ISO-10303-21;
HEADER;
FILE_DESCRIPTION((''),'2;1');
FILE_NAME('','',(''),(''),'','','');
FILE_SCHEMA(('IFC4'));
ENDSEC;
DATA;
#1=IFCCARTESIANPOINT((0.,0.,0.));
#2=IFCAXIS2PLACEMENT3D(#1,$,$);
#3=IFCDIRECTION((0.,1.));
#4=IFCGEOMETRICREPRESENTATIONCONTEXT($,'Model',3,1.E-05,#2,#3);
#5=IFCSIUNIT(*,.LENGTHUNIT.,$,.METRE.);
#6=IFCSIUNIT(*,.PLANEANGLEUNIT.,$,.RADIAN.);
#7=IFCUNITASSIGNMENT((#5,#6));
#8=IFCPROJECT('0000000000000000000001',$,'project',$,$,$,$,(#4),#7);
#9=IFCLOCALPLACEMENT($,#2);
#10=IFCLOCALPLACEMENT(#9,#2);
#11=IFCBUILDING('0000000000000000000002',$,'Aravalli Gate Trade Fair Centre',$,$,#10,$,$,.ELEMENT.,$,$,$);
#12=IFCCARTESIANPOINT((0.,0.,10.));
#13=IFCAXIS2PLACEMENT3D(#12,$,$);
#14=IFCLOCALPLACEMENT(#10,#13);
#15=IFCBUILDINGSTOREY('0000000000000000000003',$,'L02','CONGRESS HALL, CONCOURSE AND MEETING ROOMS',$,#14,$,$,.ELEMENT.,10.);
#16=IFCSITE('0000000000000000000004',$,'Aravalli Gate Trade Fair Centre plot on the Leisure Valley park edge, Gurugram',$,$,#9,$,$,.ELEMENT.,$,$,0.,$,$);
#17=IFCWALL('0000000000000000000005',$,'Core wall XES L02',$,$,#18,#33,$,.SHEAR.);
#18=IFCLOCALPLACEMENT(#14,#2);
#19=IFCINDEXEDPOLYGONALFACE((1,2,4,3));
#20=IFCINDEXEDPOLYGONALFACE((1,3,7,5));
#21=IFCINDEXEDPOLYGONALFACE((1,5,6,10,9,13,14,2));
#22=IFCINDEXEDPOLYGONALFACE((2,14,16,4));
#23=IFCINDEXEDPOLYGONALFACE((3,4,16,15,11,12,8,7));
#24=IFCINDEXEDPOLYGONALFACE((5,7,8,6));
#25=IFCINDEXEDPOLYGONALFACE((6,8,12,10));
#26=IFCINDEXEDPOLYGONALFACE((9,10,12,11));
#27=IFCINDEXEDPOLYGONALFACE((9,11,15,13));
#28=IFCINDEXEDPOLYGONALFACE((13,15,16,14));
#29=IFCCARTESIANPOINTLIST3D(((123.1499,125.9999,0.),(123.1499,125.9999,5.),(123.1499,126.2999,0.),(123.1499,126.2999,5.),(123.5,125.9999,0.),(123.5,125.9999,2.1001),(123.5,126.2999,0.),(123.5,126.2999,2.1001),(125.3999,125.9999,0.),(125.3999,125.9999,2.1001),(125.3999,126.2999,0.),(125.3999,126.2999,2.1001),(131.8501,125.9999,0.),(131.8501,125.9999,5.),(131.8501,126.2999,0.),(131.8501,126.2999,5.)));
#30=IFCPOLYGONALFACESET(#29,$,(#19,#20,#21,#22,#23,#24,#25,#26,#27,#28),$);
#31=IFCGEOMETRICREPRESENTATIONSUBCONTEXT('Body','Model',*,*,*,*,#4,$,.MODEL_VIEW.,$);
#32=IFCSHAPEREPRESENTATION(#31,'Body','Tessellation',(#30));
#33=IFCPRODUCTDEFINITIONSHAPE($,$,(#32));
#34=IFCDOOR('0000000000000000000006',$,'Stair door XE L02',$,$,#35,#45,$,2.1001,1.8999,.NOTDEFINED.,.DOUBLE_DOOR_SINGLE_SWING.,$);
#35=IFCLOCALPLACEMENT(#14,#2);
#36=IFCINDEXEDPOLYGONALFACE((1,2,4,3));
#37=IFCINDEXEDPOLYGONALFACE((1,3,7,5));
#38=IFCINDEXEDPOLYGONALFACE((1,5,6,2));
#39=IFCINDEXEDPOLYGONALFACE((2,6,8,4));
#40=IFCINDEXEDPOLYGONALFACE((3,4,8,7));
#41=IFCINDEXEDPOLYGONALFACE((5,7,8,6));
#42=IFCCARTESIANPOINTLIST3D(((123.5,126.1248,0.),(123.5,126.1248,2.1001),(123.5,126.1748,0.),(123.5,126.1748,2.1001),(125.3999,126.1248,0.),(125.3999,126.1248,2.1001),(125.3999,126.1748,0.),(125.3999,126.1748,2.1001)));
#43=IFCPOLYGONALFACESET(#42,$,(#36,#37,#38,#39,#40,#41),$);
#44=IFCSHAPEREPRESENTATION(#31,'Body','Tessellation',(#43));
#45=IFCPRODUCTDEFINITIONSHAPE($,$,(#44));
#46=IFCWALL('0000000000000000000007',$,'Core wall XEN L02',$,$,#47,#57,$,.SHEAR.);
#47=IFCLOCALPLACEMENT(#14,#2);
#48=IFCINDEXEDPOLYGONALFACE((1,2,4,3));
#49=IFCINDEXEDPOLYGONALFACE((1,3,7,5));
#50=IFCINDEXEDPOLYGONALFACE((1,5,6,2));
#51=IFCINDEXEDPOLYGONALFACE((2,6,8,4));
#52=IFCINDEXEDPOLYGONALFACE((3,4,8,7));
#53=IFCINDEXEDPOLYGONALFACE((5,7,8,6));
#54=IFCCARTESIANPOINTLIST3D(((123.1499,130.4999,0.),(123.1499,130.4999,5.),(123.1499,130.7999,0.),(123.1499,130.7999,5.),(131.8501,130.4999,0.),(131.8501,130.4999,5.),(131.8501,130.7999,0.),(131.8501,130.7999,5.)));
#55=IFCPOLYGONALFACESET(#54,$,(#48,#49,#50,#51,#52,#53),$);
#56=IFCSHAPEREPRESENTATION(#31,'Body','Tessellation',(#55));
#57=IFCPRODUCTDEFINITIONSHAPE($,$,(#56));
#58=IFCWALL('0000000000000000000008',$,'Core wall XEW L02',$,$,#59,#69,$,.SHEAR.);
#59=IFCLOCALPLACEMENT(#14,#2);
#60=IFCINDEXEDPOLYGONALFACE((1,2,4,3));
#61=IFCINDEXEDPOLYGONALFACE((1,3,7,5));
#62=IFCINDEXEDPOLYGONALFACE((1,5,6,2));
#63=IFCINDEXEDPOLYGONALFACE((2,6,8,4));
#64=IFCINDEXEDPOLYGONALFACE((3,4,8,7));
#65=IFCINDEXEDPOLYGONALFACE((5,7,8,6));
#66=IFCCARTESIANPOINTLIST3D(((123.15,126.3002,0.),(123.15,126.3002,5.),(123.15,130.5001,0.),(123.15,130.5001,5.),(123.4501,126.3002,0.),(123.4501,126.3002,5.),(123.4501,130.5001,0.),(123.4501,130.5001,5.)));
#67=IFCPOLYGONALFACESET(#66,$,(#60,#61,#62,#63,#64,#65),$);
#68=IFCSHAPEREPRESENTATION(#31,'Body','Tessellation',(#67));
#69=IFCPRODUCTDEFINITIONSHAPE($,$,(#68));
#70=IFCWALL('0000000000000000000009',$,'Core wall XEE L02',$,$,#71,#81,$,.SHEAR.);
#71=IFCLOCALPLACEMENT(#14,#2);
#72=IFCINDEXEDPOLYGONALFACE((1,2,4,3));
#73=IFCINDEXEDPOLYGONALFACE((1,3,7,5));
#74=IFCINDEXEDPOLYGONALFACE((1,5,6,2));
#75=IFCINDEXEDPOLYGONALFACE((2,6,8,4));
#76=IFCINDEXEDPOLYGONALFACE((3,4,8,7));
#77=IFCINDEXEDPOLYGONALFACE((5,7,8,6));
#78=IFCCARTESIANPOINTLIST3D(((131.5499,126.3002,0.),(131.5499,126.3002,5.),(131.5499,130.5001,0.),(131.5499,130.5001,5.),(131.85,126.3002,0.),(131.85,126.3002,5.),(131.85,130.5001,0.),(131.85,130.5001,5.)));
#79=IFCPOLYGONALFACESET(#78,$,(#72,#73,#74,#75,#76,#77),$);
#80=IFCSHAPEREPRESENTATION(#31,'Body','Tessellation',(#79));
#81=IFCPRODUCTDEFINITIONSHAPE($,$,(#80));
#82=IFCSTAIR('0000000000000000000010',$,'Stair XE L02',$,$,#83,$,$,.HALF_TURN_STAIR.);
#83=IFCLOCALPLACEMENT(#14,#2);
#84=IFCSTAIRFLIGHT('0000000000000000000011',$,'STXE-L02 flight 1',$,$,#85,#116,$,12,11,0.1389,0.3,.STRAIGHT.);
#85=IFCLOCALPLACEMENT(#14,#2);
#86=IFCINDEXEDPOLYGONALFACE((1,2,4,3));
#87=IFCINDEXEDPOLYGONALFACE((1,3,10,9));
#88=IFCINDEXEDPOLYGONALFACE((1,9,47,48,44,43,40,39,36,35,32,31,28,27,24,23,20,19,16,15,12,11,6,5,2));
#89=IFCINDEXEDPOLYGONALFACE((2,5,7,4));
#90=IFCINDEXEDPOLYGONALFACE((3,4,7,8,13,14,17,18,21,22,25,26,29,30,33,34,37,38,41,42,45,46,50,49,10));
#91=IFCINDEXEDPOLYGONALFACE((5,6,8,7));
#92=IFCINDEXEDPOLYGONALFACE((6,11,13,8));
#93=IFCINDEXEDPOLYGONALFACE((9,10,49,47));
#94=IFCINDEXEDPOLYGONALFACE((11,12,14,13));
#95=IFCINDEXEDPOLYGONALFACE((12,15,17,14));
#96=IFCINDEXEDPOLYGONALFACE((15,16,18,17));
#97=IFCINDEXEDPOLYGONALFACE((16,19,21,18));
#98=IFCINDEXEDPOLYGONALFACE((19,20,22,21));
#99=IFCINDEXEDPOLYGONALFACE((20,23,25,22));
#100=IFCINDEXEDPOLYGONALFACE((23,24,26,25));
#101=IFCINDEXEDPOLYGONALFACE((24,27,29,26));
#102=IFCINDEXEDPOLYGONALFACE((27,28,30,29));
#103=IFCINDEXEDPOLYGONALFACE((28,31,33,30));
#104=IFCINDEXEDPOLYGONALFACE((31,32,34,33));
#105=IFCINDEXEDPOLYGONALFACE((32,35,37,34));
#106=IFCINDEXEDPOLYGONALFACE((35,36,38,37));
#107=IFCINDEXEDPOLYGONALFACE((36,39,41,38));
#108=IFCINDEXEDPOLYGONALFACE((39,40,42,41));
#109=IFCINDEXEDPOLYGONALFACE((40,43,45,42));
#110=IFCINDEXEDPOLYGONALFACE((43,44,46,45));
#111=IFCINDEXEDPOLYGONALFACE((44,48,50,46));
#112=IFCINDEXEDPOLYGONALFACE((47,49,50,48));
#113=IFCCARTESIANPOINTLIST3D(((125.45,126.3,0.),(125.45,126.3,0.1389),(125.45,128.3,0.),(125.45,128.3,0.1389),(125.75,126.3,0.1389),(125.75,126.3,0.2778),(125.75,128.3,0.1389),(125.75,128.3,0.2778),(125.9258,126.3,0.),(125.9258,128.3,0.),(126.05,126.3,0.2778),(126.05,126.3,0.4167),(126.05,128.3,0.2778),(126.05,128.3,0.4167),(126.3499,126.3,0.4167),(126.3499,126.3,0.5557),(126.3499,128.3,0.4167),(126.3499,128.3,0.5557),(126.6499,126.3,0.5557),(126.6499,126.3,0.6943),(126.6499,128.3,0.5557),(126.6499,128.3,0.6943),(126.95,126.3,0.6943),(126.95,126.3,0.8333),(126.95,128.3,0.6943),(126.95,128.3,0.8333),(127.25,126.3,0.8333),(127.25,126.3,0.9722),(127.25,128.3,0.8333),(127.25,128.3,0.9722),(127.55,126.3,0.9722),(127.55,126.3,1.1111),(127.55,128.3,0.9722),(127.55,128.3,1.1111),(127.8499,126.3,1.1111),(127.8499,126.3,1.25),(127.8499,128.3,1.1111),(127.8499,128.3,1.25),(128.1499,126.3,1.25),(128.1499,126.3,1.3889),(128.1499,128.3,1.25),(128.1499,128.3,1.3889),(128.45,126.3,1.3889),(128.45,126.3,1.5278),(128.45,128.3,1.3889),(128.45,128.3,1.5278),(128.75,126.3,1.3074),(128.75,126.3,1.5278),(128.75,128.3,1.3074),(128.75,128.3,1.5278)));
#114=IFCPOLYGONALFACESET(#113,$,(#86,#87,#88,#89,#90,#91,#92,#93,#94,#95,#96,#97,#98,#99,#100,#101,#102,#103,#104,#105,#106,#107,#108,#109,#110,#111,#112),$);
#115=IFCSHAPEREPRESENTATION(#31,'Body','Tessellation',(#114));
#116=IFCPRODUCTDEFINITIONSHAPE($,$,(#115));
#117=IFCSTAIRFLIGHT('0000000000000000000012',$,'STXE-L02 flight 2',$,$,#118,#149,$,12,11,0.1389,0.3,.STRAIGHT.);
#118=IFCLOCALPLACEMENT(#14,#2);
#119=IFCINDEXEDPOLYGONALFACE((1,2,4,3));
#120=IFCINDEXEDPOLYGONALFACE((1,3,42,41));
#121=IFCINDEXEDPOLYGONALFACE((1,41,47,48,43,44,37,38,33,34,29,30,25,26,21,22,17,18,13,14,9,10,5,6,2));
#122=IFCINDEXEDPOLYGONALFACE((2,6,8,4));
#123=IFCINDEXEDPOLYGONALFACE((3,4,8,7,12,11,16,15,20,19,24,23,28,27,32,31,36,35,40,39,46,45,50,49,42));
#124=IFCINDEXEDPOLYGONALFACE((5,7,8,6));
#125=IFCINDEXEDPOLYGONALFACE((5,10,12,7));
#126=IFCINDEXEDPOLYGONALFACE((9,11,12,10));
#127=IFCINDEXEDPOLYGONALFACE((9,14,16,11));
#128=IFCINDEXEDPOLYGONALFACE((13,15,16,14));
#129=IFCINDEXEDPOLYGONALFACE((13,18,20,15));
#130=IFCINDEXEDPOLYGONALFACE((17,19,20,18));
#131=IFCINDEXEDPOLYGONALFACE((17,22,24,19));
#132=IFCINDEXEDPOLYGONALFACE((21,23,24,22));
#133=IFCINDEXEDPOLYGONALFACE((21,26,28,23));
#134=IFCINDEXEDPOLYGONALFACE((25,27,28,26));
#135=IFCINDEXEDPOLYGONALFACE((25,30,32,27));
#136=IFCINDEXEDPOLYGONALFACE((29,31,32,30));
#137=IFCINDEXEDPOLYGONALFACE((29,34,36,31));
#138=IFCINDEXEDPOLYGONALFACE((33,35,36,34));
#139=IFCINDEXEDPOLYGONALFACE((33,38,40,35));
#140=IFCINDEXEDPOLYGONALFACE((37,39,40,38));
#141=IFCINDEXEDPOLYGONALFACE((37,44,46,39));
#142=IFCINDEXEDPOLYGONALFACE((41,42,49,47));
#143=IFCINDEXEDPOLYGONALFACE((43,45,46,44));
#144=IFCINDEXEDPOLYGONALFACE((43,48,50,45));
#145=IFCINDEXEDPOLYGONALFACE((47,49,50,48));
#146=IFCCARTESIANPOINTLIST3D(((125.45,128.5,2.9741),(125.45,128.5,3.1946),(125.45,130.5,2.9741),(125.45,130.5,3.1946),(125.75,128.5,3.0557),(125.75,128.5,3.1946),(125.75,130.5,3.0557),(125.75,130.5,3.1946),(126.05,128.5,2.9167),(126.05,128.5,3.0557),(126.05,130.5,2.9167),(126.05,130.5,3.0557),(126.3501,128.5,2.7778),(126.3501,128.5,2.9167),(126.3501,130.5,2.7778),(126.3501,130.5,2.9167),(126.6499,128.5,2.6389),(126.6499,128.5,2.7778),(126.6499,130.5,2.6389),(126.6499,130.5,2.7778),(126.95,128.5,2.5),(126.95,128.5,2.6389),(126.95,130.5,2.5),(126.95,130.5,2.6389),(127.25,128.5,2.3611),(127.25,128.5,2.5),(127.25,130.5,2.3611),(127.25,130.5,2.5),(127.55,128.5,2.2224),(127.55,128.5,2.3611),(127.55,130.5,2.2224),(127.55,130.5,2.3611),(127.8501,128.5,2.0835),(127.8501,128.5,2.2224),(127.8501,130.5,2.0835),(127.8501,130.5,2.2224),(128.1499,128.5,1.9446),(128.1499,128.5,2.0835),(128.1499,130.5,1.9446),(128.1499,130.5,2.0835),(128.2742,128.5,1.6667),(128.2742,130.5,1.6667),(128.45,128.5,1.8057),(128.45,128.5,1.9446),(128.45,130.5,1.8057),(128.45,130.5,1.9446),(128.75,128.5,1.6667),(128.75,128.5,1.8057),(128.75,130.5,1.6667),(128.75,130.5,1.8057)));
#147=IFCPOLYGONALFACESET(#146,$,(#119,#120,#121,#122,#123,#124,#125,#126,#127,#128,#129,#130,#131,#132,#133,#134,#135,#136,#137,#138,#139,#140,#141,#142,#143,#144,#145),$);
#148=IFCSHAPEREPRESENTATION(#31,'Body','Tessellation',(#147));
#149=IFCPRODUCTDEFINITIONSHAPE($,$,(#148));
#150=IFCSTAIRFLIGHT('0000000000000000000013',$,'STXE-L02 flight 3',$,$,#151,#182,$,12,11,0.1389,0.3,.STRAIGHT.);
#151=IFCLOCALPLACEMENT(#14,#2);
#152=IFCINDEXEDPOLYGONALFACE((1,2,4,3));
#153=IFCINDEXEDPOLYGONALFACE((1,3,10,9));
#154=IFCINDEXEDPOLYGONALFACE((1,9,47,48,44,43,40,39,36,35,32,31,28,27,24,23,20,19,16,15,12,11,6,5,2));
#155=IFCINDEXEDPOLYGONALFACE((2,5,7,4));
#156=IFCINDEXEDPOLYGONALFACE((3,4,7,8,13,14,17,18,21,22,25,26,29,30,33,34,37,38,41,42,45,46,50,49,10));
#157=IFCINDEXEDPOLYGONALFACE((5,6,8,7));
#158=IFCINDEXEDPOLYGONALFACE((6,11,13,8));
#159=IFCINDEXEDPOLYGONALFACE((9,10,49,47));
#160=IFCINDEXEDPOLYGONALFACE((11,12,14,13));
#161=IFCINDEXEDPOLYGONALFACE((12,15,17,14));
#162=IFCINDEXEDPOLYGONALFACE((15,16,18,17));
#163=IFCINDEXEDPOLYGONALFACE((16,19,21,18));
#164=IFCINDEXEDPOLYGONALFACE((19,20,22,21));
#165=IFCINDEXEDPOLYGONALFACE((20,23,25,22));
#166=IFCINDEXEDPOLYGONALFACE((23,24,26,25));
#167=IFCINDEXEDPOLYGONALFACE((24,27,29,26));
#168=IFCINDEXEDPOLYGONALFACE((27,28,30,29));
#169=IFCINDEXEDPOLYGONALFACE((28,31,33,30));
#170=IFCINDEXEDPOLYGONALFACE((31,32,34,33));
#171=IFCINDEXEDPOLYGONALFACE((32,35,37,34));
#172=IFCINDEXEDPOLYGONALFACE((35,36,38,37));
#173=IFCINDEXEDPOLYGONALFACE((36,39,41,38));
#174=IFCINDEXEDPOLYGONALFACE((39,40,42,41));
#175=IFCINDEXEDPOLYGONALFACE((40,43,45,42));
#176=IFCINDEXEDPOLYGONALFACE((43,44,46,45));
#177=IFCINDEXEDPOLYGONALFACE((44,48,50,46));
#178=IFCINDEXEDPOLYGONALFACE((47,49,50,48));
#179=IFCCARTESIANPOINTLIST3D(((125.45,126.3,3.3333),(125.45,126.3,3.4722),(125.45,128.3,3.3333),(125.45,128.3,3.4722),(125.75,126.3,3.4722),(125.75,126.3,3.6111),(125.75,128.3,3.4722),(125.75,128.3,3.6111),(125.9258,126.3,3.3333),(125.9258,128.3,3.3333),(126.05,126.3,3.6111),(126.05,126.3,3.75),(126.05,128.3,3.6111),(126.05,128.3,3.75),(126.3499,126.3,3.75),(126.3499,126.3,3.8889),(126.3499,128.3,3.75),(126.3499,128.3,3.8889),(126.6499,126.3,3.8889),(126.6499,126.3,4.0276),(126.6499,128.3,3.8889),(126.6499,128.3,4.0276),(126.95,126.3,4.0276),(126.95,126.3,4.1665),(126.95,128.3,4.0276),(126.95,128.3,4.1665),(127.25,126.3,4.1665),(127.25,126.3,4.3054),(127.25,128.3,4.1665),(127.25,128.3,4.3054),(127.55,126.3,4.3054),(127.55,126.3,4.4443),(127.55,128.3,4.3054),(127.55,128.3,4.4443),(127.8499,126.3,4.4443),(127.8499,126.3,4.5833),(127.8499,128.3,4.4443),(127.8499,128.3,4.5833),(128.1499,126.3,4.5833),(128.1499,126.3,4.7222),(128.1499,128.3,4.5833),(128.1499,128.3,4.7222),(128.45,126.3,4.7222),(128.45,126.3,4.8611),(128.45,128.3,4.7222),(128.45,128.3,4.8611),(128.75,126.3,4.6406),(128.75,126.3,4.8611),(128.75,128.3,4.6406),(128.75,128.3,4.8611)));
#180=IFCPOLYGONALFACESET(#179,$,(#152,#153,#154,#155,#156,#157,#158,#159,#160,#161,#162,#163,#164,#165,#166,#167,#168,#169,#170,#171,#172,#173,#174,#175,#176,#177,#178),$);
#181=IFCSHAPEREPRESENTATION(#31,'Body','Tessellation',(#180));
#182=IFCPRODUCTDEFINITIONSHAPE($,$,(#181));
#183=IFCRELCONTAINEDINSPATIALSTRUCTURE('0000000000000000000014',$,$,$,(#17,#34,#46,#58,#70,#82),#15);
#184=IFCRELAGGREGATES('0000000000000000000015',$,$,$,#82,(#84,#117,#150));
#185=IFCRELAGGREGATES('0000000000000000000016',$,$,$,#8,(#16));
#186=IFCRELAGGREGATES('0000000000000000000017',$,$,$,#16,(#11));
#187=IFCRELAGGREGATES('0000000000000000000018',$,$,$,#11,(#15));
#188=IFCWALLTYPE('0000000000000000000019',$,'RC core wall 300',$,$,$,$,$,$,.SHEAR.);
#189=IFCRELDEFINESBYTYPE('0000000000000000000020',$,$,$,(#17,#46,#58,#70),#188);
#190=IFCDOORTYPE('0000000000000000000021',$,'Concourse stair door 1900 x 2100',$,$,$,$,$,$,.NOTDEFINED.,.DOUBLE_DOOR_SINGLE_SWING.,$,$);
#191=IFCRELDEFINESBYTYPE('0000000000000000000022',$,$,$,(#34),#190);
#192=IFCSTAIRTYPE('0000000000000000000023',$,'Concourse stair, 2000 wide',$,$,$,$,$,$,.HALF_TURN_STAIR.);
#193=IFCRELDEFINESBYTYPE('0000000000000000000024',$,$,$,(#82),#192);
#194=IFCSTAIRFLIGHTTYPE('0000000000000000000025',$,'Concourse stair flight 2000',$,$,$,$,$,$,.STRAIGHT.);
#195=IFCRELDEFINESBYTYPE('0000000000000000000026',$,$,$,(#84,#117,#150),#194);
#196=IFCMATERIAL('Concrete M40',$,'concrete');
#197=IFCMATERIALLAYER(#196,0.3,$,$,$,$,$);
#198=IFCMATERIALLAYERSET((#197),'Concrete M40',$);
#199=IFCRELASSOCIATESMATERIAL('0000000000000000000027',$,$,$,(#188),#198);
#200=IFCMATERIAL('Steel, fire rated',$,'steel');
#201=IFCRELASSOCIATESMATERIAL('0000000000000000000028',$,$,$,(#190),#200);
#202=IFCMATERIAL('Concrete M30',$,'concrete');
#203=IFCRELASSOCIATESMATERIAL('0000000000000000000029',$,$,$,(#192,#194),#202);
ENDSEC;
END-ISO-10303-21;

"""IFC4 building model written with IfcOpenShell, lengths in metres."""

from ifc_helpers import new_model, si_unit, direction, frame, frame_2d, origin, place, context, subcontext, project, spatial, polyline, rectangle, outline, extrude, material, layer, layer_set, type_object, element, fill, aggregate, save


model = new_model("IFC4")

# Units and contexts
model_context = context("Model", 3, precision=1e-05, world=origin(), true_north=direction((0.0, 1.0)))
body_context = subcontext(model_context, "Body", "Model", "MODEL_VIEW")
ifc_project = project(units=[si_unit("LENGTHUNIT", "METRE"), si_unit("PLANEANGLEUNIT", "RADIAN")], contexts=[model_context])

# Site, building, storey
site_placement = place(None, origin())
site = spatial("IfcSite", under=ifc_project, at=site_placement, Name="Aravalli Gate Trade Fair Centre plot on the Leisure Valley park edge, Gurugram", CompositionType="ELEMENT", RefElevation=0.0)
building_placement = place(site_placement, origin())
building = spatial("IfcBuilding", under=site, at=building_placement, Name="Aravalli Gate Trade Fair Centre", CompositionType="ELEMENT")
storey_placement = place(building_placement, frame((0.0, 0.0, 10.0)))
storey = spatial("IfcBuildingStorey", under=building, at=storey_placement, Name="L02", Description="CONGRESS HALL, CONCOURSE AND MEETING ROOMS", CompositionType="ELEMENT", Elevation=10.0)

# Wall, opening, door
ifc_material_1 = material(Name="Concrete M40", Category="concrete")
ifc_layer_1 = layer(ifc_material_1, 0.3)
ifc_layer_set_1 = layer_set([ifc_layer_1], Name="Concrete M40")
wall_type_1 = type_object("IfcWallType", Name="RC core wall 300", PredefinedType="SHEAR", material=ifc_layer_set_1)
wall_1_placement = place(storey_placement, frame((123.1499, 126.1499, 0.0), z_axis=(0.0, 0.0, 1.0), x_axis=(1.0, 0.0, 0.0)))
wall_1 = element("IfcWall", 1, at=wall_1_placement, inside=storey, type_object=wall_type_1, Name="Core wall XES L02", PredefinedType="SHEAR", context=body_context, shape_type="SweptSolid", body=[
    extrude(rectangle(XDim=8.7002, YDim=0.3, at=frame_2d((4.3501, 0.0))), origin(), (0.0, 0.0, 1.0), 5.0),
])
opening_placement = place(wall_1_placement, frame((0.3501, 0.0, 0.0)))
opening = element("IfcOpeningElement", 2, at=opening_placement, cuts=wall_1, PredefinedType="OPENING", context=body_context, shape_type="SweptSolid", body=[
    extrude(rectangle(XDim=1.8999, YDim=2.1001, at=frame_2d((0.95, 1.05))), frame((0.0, 0.1599, 0.0), z_axis=(0.0, -1.0, 0.0), x_axis=(1.0, 0.0, 0.0)), (0.0, 0.0, 1.0), 0.3201),
])
ifc_material_2 = material(Name="Steel, fire rated", Category="steel")
door_type = type_object("IfcDoorType", Name="Concourse stair door 1900 x 2100", OperationType="DOUBLE_DOOR_SINGLE_SWING", PredefinedType="NOTDEFINED", material=ifc_material_2)
door_placement = place(opening_placement, origin())
door = element("IfcDoor", 3, at=door_placement, inside=storey, type_object=door_type, Name="Stair door XE L02", OperationType="DOUBLE_DOOR_SINGLE_SWING", OverallHeight=2.1001, OverallWidth=1.8999, PredefinedType="NOTDEFINED", context=body_context, shape_type="SweptSolid", body=[
    extrude(rectangle(XDim=1.8999, YDim=2.1001, at=frame_2d((0.95, 1.05))), frame((0.0, 0.0249, 0.0), z_axis=(0.0, -1.0, 0.0), x_axis=(1.0, 0.0, 0.0)), (0.0, 0.0, 1.0), 0.05),
])
fill(opening, door)

# Walls
wall_2_placement = place(storey_placement, frame((123.1499, 130.6499, 0.0), z_axis=(0.0, 0.0, 1.0), x_axis=(1.0, 0.0, 0.0)))
element("IfcWall", 4, at=wall_2_placement, inside=storey, type_object=wall_type_1, Name="Core wall XEN L02", PredefinedType="SHEAR", context=body_context, shape_type="SweptSolid", body=[
    extrude(rectangle(XDim=8.7002, YDim=0.3, at=frame_2d((4.3501, 0.0))), origin(), (0.0, 0.0, 1.0), 5.0),
])
for number, where, z_axis, x_axis, name in (
    (5, (123.3, 126.3, 0.0), (0.0, 0.0, 1.0), (0.0, 1.0, 0.0), "Core wall XEW L02"),
    (6, (131.7, 126.3, 0.0), (0.0, 0.0, 1.0), (0.0, 1.0, 0.0), "Core wall XEE L02"),
):
    element("IfcWall", number, at=place(storey_placement, frame(where, z_axis=z_axis, x_axis=x_axis)), inside=storey, type_object=wall_type_1, Name=name, PredefinedType="SHEAR", context=body_context, shape_type="SweptSolid", body=[
        extrude(rectangle(XDim=4.2, YDim=0.3, at=frame_2d((2.1001, 0.0))), origin(), (0.0, 0.0, 1.0), 5.0),
    ])

# Stair, stair flights
ifc_material_3 = material(Name="Concrete M30", Category="concrete")
stair_type = type_object("IfcStairType", Name="Concourse stair, 2000 wide", PredefinedType="HALF_TURN_STAIR", material=ifc_material_3)
stair_placement = place(storey_placement, origin())
stair = element("IfcStair", 7, at=stair_placement, inside=storey, type_object=stair_type, Name="Stair XE L02", PredefinedType="HALF_TURN_STAIR")
stair_flight_type = type_object("IfcStairFlightType", Name="Concourse stair flight 2000", PredefinedType="STRAIGHT", material=ifc_material_3)
stair_flight_1_placement = place(storey_placement, frame((125.45, 127.3, 0.0), z_axis=(0.0, 0.0, 1.0), x_axis=(1.0, 0.0, 0.0)))
stair_flight_1 = element("IfcStairFlight", 8, at=stair_flight_1_placement, type_object=stair_flight_type, Name="STXE-L02 flight 1", NumberOfRisers=12, NumberOfTreads=11, PredefinedType="STRAIGHT", RiserHeight=0.1389, TreadLength=0.3, context=body_context, shape_type="SweptSolid", body=[
    extrude(outline(polyline([(0.0, 0.0), (0.0, 0.1389), (0.3, 0.1389), (0.3, 0.2778), (0.6001, 0.2778), (0.6001, 0.4167), (0.8999, 0.4167), (0.8999, 0.5557), (1.2, 0.5557), (1.2, 0.6943), (1.5, 0.6943), (1.5, 0.8333), (1.8, 0.8333), (1.8, 0.9722), (2.1001, 0.9722), (2.1001, 1.1111), (2.3999, 1.1111), (2.3999, 1.25), (2.7, 1.25), (2.7, 1.3889), (3.0, 1.3889), (3.0, 1.5278), (3.3, 1.5278), (3.3, 1.6667), (3.3, 1.3074), (0.4758, 0.0), (0.0, 0.0)])), frame((0.0, 1.0, 0.0), z_axis=(0.0, -1.0, 0.0), x_axis=(1.0, 0.0, 0.0)), (0.0, 0.0, 1.0), 2.0),
])
stair_flight_2_placement = place(storey_placement, frame((128.75, 129.5, 1.6667), z_axis=(0.0, 0.0, 1.0), x_axis=(-1.0, 0.0, 0.0)))
stair_flight_2 = element("IfcStairFlight", 9, at=stair_flight_2_placement, type_object=stair_flight_type, Name="STXE-L02 flight 2", NumberOfRisers=12, NumberOfTreads=11, PredefinedType="STRAIGHT", RiserHeight=0.1389, TreadLength=0.3, context=body_context, shape_type="SweptSolid", body=[
    extrude(outline(polyline([(0.0, 0.0), (0.0, 0.1389), (0.3, 0.1389), (0.3, 0.2778), (0.6001, 0.2778), (0.6001, 0.4167), (0.8999, 0.4167), (0.8999, 0.5557), (1.2, 0.5557), (1.2, 0.6943), (1.5, 0.6943), (1.5, 0.8333), (1.8, 0.8333), (1.8, 0.9722), (2.1001, 0.9722), (2.1001, 1.1111), (2.3999, 1.1111), (2.3999, 1.25), (2.7, 1.25), (2.7, 1.3889), (3.0, 1.3889), (3.0, 1.5278), (3.3, 1.5278), (3.3, 1.6667), (3.3, 1.3074), (0.4758, 0.0), (0.0, 0.0)])), frame((0.0, 1.0, 0.0), z_axis=(0.0, -1.0, 0.0), x_axis=(1.0, 0.0, 0.0)), (0.0, 0.0, 1.0), 2.0),
])
stair_flight_3_placement = place(storey_placement, frame((125.45, 127.3, 3.3333), z_axis=(0.0, 0.0, 1.0), x_axis=(1.0, 0.0, 0.0)))
stair_flight_3 = element("IfcStairFlight", 10, at=stair_flight_3_placement, type_object=stair_flight_type, Name="STXE-L02 flight 3", NumberOfRisers=12, NumberOfTreads=11, PredefinedType="STRAIGHT", RiserHeight=0.1389, TreadLength=0.3, context=body_context, shape_type="SweptSolid", body=[
    extrude(outline(polyline([(0.0, 0.0), (0.0, 0.1389), (0.3, 0.1389), (0.3, 0.2778), (0.6001, 0.2778), (0.6001, 0.4167), (0.8999, 0.4167), (0.8999, 0.5557), (1.2, 0.5557), (1.2, 0.6943), (1.5, 0.6943), (1.5, 0.8333), (1.8, 0.8333), (1.8, 0.9722), (2.1001, 0.9722), (2.1001, 1.1111), (2.3999, 1.1111), (2.3999, 1.25), (2.7, 1.25), (2.7, 1.3889), (3.0, 1.3889), (3.0, 1.5278), (3.3, 1.5278), (3.3, 1.6667), (3.3, 1.3074), (0.4758, 0.0), (0.0, 0.0)])), frame((0.0, 1.0, 0.0), z_axis=(0.0, -1.0, 0.0), x_axis=(1.0, 0.0, 0.0)), (0.0, 0.0, 1.0), 2.0),
])
aggregate(stair, [stair_flight_1, stair_flight_2, stair_flight_3])

save(model, "model.ifc")
